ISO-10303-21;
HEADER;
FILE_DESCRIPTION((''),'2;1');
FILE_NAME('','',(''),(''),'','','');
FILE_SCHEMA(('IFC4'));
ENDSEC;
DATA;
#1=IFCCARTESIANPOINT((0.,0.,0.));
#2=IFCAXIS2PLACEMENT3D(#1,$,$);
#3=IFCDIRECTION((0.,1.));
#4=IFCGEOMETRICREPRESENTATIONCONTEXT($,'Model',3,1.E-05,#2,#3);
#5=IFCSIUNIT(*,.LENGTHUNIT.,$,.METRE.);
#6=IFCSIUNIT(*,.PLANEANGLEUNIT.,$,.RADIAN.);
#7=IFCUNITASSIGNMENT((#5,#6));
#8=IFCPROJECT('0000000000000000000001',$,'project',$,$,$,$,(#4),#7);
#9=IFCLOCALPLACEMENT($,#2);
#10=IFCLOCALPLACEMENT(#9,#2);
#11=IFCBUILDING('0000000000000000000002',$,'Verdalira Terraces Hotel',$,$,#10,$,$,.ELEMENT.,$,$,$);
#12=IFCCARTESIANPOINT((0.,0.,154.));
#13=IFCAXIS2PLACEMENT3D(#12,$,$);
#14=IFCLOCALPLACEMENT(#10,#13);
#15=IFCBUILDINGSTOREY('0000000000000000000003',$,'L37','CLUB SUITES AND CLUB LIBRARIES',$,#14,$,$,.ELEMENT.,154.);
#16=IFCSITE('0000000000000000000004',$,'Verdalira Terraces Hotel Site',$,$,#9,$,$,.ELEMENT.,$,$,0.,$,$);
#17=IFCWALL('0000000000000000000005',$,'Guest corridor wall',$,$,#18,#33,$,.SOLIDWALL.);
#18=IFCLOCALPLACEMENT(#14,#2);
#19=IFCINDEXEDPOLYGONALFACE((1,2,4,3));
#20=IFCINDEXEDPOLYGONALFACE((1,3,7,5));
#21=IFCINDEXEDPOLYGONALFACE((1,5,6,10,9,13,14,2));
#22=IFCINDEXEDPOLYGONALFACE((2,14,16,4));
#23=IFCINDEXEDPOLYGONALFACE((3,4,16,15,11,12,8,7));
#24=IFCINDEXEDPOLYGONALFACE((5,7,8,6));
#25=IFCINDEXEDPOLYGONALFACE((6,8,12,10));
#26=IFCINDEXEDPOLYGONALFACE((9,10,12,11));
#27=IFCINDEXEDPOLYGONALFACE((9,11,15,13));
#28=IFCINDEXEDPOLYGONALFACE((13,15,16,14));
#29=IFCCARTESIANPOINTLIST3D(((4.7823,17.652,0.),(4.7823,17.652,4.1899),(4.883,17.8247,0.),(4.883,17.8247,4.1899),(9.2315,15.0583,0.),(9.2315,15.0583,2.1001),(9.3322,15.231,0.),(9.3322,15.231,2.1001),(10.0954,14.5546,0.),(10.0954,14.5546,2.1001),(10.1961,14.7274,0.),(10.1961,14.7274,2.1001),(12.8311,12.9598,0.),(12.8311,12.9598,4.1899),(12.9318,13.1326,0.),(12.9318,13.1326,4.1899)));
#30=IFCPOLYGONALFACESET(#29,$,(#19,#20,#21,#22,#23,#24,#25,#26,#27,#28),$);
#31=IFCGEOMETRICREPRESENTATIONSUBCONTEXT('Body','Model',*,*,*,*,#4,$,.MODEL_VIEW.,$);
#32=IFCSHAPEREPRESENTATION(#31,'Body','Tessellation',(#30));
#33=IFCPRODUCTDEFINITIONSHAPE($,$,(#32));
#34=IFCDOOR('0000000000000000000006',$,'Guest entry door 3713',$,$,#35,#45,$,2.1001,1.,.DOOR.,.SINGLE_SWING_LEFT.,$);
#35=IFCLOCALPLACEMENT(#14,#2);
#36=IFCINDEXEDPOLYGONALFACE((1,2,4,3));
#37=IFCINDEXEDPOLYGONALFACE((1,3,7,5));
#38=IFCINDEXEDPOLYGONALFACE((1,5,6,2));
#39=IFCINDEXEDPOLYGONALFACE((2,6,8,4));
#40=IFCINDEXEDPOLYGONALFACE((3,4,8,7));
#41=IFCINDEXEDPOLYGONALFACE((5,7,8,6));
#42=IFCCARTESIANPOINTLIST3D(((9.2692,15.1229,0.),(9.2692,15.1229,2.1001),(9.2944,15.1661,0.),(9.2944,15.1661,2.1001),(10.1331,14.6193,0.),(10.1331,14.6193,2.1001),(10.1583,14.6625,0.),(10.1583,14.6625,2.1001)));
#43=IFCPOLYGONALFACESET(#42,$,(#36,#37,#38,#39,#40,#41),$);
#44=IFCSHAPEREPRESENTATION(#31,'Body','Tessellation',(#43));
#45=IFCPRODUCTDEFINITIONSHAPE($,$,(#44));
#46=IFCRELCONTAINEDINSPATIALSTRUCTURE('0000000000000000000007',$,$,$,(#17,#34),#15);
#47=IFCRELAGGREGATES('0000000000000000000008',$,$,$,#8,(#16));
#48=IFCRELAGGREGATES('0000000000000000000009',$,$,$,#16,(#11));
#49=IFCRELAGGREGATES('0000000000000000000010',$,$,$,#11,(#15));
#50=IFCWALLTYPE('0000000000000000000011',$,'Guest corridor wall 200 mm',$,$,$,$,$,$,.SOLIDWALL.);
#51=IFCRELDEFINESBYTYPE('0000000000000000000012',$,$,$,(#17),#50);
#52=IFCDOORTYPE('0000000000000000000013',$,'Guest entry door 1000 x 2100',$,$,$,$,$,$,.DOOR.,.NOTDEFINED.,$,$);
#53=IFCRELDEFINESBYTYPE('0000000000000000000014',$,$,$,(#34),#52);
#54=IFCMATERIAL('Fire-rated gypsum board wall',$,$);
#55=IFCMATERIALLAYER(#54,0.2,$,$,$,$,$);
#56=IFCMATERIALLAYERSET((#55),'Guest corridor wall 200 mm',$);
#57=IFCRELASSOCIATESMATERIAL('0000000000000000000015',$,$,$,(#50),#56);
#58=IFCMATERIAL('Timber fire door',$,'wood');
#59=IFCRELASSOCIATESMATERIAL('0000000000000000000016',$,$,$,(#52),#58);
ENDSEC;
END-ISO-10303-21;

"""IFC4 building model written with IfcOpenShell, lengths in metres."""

from ifc_helpers import new_model, si_unit, direction, frame, frame_2d, origin, place, context, subcontext, project, spatial, rectangle, extrude, material, layer, layer_set, type_object, element, fill, save


model = new_model("IFC4")

# Units and contexts
model_context = context("Model", 3, precision=1e-05, world=origin(), true_north=direction((0.0, 1.0)))
body_context = subcontext(model_context, "Body", "Model", "MODEL_VIEW")
ifc_project = project(units=[si_unit("LENGTHUNIT", "METRE"), si_unit("PLANEANGLEUNIT", "RADIAN")], contexts=[model_context])

# Site, building, storey
site_placement = place(None, origin())
site = spatial("IfcSite", under=ifc_project, at=site_placement, Name="Verdalira Terraces Hotel Site", CompositionType="ELEMENT", RefElevation=0.0)
building_placement = place(site_placement, origin())
building = spatial("IfcBuilding", under=site, at=building_placement, Name="Verdalira Terraces Hotel", CompositionType="ELEMENT")
storey_placement = place(building_placement, frame((0.0, 0.0, 154.0)))
storey = spatial("IfcBuildingStorey", under=building, at=storey_placement, Name="L37", Description="CLUB SUITES AND CLUB LIBRARIES", CompositionType="ELEMENT", Elevation=154.0)

# Wall, opening, door
ifc_material_1 = material(Name="Fire-rated gypsum board wall")
ifc_layer_1 = layer(ifc_material_1, 0.2)
ifc_layer_set_1 = layer_set([ifc_layer_1], Name="Guest corridor wall 200 mm")
wall_type_1 = type_object("IfcWallType", Name="Guest corridor wall 200 mm", PredefinedType="SOLIDWALL", material=ifc_layer_set_1)
wall_1_placement = place(storey_placement, frame((4.8328, 17.7383, 0.0), z_axis=(0.0, 0.0, 1.0), x_axis=(0.86392, -0.50363, 0.0)))
wall_1 = element("IfcWall", 1, at=wall_1_placement, inside=storey, type_object=wall_type_1, Name="Guest corridor wall", PredefinedType="SOLIDWALL", context=body_context, shape_type="SweptSolid", body=[
    extrude(rectangle(XDim=9.3166, YDim=0.2, at=frame_2d((4.6582, 0.0))), origin(), (0.0, 0.0, 1.0), 4.1899),
])
opening_1_placement = place(wall_1_placement, frame((5.1499, 0.0, 0.0)))
opening_1 = element("IfcOpeningElement", 2, at=opening_1_placement, cuts=wall_1, PredefinedType="OPENING", context=body_context, shape_type="SweptSolid", body=[
    extrude(rectangle(XDim=1.0, YDim=2.1001, at=frame_2d((0.5, 1.05))), frame((0.0, 0.1099, 0.0), z_axis=(0.0, -1.0, 0.0), x_axis=(1.0, 0.0, 0.0)), (0.0, 0.0, 1.0), 0.22),
])
ifc_material_2 = material(Name="Timber fire door", Category="wood")
door_type_1 = type_object("IfcDoorType", Name="Guest entry door 1000 x 2100", OperationType="NOTDEFINED", PredefinedType="DOOR", material=ifc_material_2)
door_1_placement = place(opening_1_placement, origin())
door_1 = element("IfcDoor", 3, at=door_1_placement, inside=storey, type_object=door_type_1, Name="Guest entry door 3713", OperationType="SINGLE_SWING_LEFT", OverallHeight=2.1001, OverallWidth=1.0, PredefinedType="DOOR", context=body_context, shape_type="SweptSolid", body=[
    extrude(rectangle(XDim=1.0, YDim=2.1001, at=frame_2d((0.5, 1.05))), frame((0.0, 0.0249, 0.0), z_axis=(0.0, -1.0, 0.0), x_axis=(1.0, 0.0, 0.0)), (0.0, 0.0, 1.0), 0.05),
])
fill(opening_1, door_1)

save(model, "model.ifc")
